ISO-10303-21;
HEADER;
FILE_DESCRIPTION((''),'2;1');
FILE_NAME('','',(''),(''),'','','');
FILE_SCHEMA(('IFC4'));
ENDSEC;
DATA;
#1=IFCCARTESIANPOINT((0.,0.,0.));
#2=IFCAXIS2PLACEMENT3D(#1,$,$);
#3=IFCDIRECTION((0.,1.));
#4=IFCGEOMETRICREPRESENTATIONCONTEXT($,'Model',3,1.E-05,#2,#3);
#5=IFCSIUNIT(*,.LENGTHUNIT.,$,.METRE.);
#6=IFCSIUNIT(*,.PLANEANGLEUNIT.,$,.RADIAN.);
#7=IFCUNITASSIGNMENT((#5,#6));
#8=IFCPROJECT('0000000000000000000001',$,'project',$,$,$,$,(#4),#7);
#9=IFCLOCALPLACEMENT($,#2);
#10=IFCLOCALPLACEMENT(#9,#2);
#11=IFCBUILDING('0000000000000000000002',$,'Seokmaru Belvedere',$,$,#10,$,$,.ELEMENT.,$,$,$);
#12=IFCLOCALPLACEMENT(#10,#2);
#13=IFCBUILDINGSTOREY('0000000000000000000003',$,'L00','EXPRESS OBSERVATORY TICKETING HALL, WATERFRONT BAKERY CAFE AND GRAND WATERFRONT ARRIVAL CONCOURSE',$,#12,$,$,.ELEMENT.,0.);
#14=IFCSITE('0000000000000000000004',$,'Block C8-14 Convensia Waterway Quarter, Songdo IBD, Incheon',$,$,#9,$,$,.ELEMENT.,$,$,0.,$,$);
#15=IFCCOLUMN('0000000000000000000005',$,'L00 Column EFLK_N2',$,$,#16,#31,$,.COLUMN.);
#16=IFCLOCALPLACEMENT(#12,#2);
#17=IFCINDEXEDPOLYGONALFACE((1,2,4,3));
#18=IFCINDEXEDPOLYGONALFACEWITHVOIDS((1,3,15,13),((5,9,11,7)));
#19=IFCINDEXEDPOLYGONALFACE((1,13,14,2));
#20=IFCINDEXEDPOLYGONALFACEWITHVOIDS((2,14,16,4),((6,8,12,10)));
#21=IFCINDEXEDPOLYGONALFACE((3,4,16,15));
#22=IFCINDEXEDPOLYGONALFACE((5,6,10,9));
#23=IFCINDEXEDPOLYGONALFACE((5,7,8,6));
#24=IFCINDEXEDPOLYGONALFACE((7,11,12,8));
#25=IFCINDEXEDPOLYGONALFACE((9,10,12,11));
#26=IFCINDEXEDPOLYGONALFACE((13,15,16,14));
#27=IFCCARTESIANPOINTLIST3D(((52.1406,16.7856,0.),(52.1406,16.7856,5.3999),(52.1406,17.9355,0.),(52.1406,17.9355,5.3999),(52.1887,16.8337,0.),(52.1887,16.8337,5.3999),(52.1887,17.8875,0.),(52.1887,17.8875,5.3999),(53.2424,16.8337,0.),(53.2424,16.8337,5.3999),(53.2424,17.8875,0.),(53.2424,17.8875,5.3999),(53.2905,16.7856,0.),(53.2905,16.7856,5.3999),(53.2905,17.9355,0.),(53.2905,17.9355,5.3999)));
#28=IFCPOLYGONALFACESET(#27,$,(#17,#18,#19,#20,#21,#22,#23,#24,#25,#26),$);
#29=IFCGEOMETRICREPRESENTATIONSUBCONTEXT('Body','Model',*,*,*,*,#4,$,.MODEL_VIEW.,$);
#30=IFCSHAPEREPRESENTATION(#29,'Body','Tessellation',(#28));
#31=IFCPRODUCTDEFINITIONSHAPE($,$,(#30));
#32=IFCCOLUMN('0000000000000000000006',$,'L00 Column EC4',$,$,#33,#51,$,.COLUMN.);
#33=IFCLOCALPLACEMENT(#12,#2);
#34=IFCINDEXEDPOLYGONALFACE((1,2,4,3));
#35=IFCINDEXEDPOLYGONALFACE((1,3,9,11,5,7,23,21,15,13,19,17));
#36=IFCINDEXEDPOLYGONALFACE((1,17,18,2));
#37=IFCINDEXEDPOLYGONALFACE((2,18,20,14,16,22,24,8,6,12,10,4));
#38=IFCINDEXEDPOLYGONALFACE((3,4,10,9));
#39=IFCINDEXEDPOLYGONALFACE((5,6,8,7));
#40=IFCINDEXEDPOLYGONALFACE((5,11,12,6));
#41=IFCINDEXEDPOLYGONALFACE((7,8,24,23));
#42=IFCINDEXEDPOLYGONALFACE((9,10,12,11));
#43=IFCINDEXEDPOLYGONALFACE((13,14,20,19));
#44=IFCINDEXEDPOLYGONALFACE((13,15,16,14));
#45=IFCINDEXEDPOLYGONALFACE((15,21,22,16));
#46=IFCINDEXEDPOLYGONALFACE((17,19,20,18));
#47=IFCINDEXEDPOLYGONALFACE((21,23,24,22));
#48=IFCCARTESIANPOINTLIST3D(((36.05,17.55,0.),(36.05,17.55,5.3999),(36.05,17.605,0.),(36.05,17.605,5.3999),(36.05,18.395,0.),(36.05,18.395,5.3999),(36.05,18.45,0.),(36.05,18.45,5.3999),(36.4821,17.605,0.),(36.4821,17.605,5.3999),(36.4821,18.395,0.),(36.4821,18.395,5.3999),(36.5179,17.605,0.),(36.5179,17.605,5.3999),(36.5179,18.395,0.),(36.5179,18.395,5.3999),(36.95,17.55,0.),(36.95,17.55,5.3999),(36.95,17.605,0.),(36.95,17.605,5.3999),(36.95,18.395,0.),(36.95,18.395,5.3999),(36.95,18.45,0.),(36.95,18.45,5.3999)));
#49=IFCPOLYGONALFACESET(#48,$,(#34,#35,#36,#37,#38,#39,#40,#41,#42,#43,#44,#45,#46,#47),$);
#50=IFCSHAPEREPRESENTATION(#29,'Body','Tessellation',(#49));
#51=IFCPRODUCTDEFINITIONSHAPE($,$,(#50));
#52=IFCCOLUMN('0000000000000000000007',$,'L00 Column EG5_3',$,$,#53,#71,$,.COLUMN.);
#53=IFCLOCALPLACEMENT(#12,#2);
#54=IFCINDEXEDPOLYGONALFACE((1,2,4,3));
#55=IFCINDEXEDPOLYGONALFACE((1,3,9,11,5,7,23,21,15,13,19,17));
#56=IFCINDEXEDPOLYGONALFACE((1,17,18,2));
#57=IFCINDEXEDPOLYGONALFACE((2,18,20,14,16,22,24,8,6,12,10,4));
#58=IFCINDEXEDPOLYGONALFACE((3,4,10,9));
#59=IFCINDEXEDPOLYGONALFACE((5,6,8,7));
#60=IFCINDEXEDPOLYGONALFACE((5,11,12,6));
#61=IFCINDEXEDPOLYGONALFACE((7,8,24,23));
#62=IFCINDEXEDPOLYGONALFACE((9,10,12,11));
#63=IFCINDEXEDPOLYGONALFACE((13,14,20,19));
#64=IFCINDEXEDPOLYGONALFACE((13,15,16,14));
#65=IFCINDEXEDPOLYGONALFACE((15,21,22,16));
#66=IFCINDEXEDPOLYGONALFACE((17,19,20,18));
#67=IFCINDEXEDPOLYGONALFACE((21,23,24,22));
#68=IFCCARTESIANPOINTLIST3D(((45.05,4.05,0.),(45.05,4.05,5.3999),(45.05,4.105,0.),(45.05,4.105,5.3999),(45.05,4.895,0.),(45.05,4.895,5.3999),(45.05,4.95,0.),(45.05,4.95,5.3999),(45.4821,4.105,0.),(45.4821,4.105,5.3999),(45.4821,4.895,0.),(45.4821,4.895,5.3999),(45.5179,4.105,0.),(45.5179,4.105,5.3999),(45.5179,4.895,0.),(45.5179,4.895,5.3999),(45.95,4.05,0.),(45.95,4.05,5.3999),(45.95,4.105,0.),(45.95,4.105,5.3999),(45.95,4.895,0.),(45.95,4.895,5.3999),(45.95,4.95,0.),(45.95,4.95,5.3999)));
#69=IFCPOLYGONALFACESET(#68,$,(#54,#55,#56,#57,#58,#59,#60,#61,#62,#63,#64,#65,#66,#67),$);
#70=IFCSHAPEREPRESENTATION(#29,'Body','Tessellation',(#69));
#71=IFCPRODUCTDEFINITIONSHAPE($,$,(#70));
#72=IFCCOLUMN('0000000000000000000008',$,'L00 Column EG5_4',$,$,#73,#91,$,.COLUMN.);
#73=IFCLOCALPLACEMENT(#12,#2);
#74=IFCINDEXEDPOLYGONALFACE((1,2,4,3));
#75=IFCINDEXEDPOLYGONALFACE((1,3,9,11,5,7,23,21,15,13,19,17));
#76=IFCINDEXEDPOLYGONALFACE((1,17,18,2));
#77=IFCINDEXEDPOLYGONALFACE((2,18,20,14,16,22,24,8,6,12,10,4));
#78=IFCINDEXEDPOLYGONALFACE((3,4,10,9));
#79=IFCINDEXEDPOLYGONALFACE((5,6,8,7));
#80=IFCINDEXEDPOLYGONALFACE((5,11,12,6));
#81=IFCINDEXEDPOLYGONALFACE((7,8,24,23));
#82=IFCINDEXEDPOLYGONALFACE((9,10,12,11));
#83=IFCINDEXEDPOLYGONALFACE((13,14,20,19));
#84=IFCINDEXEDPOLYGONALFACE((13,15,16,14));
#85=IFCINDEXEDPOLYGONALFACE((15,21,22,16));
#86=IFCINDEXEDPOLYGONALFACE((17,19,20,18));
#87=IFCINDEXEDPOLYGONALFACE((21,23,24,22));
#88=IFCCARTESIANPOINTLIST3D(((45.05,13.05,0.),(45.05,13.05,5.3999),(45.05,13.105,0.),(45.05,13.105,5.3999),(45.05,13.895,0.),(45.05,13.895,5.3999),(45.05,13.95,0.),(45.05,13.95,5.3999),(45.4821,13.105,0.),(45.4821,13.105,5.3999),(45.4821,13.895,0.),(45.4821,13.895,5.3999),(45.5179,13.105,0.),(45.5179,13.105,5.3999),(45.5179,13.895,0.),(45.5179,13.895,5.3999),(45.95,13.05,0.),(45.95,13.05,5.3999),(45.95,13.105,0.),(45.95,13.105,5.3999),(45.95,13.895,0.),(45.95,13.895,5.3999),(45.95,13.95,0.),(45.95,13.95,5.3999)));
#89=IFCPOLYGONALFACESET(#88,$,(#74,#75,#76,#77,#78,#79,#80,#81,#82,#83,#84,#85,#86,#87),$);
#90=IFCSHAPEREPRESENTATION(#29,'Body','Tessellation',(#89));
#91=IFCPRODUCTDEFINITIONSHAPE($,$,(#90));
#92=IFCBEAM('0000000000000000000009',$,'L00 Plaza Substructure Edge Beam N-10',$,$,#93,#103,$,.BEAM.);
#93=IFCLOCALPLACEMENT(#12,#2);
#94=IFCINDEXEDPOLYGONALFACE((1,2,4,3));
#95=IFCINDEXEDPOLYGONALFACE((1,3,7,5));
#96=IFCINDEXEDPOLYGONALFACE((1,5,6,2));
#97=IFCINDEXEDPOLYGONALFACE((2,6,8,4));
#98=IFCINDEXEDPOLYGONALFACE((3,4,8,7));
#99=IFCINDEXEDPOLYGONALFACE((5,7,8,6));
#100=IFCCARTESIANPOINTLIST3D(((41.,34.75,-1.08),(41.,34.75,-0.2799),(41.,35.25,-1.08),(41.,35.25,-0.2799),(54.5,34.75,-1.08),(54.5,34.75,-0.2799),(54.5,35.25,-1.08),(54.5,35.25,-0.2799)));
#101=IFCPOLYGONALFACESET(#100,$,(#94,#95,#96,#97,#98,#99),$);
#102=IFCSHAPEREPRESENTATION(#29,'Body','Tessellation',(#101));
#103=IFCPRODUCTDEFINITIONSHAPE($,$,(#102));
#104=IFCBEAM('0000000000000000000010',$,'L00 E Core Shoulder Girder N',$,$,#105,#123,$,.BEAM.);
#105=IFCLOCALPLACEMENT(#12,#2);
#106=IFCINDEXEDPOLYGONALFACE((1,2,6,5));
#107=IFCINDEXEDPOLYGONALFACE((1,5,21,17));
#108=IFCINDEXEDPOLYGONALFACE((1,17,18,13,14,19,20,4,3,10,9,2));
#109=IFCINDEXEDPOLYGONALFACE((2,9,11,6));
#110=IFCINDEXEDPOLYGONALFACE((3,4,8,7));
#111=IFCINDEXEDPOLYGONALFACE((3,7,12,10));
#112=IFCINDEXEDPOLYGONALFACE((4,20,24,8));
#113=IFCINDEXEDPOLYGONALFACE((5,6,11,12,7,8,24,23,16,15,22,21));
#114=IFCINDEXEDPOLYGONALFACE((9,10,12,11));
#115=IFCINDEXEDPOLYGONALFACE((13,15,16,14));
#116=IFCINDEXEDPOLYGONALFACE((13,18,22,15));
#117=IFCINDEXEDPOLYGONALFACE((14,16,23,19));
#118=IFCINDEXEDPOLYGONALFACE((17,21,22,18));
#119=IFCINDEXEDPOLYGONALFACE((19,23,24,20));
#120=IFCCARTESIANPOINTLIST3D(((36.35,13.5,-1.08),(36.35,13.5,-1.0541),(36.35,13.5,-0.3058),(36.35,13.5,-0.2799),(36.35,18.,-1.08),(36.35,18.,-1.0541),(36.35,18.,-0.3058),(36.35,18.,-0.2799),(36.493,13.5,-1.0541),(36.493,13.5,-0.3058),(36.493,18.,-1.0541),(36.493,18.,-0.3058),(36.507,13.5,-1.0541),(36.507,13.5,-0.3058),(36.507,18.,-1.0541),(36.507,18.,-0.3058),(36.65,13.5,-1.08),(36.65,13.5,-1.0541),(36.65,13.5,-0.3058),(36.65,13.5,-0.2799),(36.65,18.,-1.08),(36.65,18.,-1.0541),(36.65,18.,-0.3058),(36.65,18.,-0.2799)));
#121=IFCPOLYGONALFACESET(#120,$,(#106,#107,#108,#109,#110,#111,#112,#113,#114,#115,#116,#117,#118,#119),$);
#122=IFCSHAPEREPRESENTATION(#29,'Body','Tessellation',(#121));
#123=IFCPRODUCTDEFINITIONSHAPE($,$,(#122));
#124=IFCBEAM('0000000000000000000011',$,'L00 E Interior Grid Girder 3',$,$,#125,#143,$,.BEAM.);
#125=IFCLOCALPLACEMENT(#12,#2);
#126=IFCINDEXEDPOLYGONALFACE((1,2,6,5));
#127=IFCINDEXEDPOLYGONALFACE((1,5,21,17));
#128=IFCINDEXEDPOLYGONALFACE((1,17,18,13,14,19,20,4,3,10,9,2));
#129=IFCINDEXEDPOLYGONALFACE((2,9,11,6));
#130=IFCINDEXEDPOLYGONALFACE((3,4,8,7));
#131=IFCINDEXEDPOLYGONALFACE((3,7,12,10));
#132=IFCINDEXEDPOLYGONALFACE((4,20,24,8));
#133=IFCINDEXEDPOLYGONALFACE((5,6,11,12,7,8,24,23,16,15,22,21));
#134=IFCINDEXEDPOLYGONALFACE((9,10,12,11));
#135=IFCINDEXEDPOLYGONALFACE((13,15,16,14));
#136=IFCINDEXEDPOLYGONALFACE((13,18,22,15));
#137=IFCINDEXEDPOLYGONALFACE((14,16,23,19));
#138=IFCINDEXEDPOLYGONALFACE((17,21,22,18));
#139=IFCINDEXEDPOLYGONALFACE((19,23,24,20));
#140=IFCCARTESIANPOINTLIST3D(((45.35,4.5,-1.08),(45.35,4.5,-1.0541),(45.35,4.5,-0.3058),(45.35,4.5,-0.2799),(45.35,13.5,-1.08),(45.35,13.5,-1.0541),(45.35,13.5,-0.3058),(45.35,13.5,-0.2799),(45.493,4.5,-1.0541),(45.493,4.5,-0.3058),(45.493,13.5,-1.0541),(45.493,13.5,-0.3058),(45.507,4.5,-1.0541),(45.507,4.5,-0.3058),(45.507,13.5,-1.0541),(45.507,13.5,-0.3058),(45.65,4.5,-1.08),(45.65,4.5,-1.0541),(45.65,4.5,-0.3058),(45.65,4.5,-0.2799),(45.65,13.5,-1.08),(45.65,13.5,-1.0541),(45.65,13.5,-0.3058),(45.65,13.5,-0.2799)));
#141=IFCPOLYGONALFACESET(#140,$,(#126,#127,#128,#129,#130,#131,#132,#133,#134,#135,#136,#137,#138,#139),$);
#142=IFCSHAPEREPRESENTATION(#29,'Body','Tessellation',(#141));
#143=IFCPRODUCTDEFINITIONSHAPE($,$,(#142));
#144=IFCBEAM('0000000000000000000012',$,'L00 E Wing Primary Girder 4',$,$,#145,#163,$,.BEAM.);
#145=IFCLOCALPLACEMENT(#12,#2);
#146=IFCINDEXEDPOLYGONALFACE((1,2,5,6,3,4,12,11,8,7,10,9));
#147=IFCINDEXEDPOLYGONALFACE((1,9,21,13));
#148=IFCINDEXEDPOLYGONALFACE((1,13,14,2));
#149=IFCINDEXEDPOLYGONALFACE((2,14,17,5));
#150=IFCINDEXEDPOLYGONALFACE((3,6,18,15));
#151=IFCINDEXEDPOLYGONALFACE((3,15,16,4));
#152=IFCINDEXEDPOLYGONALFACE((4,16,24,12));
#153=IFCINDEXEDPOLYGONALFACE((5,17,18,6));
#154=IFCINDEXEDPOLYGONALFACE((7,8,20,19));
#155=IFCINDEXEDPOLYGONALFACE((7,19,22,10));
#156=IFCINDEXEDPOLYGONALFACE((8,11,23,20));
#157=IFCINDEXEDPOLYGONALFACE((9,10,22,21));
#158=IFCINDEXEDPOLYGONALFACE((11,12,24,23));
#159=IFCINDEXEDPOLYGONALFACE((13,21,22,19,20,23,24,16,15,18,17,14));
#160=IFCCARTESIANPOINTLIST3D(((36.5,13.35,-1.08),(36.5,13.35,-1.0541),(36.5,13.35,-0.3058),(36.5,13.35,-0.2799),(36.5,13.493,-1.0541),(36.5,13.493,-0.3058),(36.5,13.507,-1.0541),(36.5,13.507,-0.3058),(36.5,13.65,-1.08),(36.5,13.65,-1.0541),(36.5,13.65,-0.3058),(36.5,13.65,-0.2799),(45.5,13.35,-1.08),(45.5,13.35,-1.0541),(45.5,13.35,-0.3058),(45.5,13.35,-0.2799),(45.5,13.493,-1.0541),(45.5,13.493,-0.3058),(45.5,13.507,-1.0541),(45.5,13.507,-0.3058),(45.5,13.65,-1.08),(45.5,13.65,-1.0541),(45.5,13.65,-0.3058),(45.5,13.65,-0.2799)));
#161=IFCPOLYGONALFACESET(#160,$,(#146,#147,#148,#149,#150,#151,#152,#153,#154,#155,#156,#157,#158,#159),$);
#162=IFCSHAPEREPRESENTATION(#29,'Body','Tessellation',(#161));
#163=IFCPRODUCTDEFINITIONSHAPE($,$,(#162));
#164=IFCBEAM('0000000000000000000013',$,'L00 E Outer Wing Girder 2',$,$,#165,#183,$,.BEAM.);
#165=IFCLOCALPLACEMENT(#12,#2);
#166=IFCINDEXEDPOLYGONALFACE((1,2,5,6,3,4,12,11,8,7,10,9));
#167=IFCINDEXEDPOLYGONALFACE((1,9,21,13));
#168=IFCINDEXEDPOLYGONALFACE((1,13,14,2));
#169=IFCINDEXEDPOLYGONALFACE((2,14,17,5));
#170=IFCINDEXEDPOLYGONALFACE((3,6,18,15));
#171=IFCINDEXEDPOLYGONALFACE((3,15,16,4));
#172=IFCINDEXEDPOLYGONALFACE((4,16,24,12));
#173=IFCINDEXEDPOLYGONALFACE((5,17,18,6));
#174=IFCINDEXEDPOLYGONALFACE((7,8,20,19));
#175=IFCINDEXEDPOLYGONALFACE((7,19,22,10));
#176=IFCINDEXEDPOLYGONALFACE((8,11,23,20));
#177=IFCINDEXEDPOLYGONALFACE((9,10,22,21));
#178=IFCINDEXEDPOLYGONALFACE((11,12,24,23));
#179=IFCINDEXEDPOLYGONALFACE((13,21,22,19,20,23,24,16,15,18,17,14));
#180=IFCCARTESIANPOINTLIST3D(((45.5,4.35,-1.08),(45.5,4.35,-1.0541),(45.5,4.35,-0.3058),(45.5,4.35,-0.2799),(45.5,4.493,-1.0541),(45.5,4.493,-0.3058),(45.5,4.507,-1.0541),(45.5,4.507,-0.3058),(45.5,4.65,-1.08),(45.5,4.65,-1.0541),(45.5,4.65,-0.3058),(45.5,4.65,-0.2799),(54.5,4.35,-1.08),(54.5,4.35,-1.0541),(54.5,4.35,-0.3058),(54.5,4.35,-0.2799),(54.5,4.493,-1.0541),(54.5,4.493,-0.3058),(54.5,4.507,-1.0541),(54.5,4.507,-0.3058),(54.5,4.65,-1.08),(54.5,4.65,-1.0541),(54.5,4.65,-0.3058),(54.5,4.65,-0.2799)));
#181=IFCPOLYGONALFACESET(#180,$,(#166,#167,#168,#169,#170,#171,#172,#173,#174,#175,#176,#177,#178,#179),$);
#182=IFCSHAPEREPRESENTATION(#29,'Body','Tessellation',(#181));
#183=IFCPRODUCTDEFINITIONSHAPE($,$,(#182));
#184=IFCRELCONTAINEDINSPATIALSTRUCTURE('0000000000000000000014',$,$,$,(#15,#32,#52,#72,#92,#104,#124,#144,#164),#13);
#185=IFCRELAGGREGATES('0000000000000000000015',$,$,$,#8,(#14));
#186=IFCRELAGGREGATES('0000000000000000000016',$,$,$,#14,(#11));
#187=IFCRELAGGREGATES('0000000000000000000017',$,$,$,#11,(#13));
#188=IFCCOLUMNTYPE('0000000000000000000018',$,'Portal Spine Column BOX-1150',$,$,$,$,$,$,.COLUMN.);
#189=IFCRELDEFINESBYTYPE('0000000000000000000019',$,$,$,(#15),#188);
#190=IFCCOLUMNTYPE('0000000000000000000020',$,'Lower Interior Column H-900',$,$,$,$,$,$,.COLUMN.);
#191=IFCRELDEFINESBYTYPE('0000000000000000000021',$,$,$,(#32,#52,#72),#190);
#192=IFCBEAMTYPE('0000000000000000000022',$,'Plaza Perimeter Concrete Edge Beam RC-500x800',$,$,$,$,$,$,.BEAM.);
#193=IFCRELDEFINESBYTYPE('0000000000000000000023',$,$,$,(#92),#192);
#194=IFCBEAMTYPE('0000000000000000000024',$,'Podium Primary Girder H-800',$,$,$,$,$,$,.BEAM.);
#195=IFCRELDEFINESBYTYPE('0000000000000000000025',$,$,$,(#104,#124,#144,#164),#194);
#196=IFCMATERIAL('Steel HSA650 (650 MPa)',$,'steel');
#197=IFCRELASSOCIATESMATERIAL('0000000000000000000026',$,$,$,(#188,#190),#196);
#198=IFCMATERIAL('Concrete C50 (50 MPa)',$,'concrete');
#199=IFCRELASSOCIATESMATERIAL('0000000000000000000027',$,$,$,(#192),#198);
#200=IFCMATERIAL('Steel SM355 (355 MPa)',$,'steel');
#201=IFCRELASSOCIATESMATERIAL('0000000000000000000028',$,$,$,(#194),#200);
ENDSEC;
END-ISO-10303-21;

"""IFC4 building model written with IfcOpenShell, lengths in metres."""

from ifc_helpers import new_model, si_unit, direction, frame, origin, origin_2d, place, context, subcontext, project, spatial, rectangle, hollow_rectangle, i_section, extrude, source, transform, mapped, material, material_profile, profile_set, type_object, type_shapes, element, save


model = new_model("IFC4")

# Units and contexts
model_context = context("Model", 3, precision=1e-05, world=origin(), true_north=direction((0.0, 1.0)))
body_context = subcontext(model_context, "Body", "Model", "MODEL_VIEW")
ifc_project = project(units=[si_unit("LENGTHUNIT", "METRE"), si_unit("PLANEANGLEUNIT", "RADIAN")], contexts=[model_context])

# Site, building, storey
site_placement = place(None, origin())
site = spatial("IfcSite", under=ifc_project, at=site_placement, Name="Block C8-14 Convensia Waterway Quarter, Songdo IBD, Incheon", CompositionType="ELEMENT", RefElevation=0.0)
building_placement = place(site_placement, origin())
building = spatial("IfcBuilding", under=site, at=building_placement, Name="Seokmaru Belvedere", CompositionType="ELEMENT")
storey_placement = place(building_placement, origin())
storey = spatial("IfcBuildingStorey", under=building, at=storey_placement, Name="L00", Description="EXPRESS OBSERVATORY TICKETING HALL, WATERFRONT BAKERY CAFE AND GRAND WATERFRONT ARRIVAL CONCOURSE", CompositionType="ELEMENT", Elevation=0.0)

# Columns
ifc_material_1 = material(Name="Steel HSA650 (650 MPa)", Category="steel")
ifc_material_profile_1 = material_profile(ifc_material_1, hollow_rectangle(XDim=1.1499, YDim=1.1499, WallThickness=0.0481, at=origin_2d()), Name="BOX-1150x1150x48")
ifc_profile_set_1 = profile_set([ifc_material_profile_1], Name="Steel HSA650 (650 MPa)")
column_type_1 = type_object("IfcColumnType", Name="Portal Spine Column BOX-1150", PredefinedType="COLUMN", material=ifc_profile_set_1)
shared_shape_1 = source(origin(), body_context, "Body", "SweptSolid", [
    extrude(hollow_rectangle(XDim=1.1499, YDim=1.1499, WallThickness=0.0481, at=origin_2d()), origin(), (0.0, 0.0, 1.0), 5.3999),
])
type_shapes(column_type_1, [shared_shape_1])
column_placement = place(storey_placement, frame((52.7156, 17.3606, 0.0), z_axis=(0.0, 0.0, 1.0), x_axis=(1.0, 0.0, 0.0)))
element("IfcColumn", 1, at=column_placement, inside=storey, type_object=column_type_1, Name="L00 Column EFLK_N2", PredefinedType="COLUMN", context=body_context, shape_type="MappedRepresentation", body=[
    mapped(shared_shape_1, transform((0.0, 0.0, 0.0), scale=1.0)),
])
ifc_material_profile_2 = material_profile(ifc_material_1, i_section(OverallWidth=0.8999, OverallDepth=0.8999, WebThickness=0.0359, FlangeThickness=0.0549, at=origin_2d()), Name="H-900x900x36x55")
ifc_profile_set_2 = profile_set([ifc_material_profile_2], Name="Steel HSA650 (650 MPa)")
column_type_2 = type_object("IfcColumnType", Name="Lower Interior Column H-900", PredefinedType="COLUMN", material=ifc_profile_set_2)
shared_shape_2 = source(origin(), body_context, "Body", "SweptSolid", [
    extrude(i_section(OverallWidth=0.8999, OverallDepth=0.8999, WebThickness=0.0359, FlangeThickness=0.0549, at=origin_2d()), origin(), (0.0, 0.0, 1.0), 5.3999),
])
type_shapes(column_type_2, [shared_shape_2])
for number, where, z_axis, x_axis, name in (
    (2, (36.5, 18.0, 0.0), (0.0, 0.0, 1.0), (1.0, 0.0, 0.0), "L00 Column EC4"),
    (3, (45.5, 4.5, 0.0), (0.0, 0.0, 1.0), (1.0, 0.0, 0.0), "L00 Column EG5_3"),
    (4, (45.5, 13.5, 0.0), (0.0, 0.0, 1.0), (1.0, 0.0, 0.0), "L00 Column EG5_4"),
):
    element("IfcColumn", number, at=place(storey_placement, frame(where, z_axis=z_axis, x_axis=x_axis)), inside=storey, type_object=column_type_2, Name=name, PredefinedType="COLUMN", context=body_context, shape_type="MappedRepresentation", body=[
        mapped(shared_shape_2, transform((0.0, 0.0, 0.0), scale=1.0)),
    ])

# Beams
ifc_material_2 = material(Name="Concrete C50 (50 MPa)", Category="concrete")
ifc_material_profile_3 = material_profile(ifc_material_2, rectangle(XDim=0.5, YDim=0.8, at=origin_2d()), Name="RC-500x800")
ifc_profile_set_3 = profile_set([ifc_material_profile_3], Name="Concrete C50 (50 MPa)")
beam_type_1 = type_object("IfcBeamType", Name="Plaza Perimeter Concrete Edge Beam RC-500x800", PredefinedType="BEAM", material=ifc_profile_set_3)
shared_shape_3 = source(origin(), body_context, "Body", "SweptSolid", [
    extrude(rectangle(XDim=0.5, YDim=0.8, at=origin_2d()), origin(), (0.0, 0.0, 1.0), 13.5),
])
beam_1_placement = place(storey_placement, frame((41.0, 35.0, -0.6799), z_axis=(1.0, 0.0, 0.0), x_axis=(0.0, 1.0, 0.0)))
element("IfcBeam", 5, at=beam_1_placement, inside=storey, type_object=beam_type_1, Name="L00 Plaza Substructure Edge Beam N-10", PredefinedType="BEAM", context=body_context, shape_type="MappedRepresentation", body=[
    mapped(shared_shape_3, transform((0.0, 0.0, 0.0), scale=1.0)),
])
ifc_material_3 = material(Name="Steel SM355 (355 MPa)", Category="steel")
ifc_material_profile_4 = material_profile(ifc_material_3, i_section(OverallWidth=0.3, OverallDepth=0.8, WebThickness=0.0139, FlangeThickness=0.0259, at=origin_2d()), Name="H-800x300x14x26")
ifc_profile_set_4 = profile_set([ifc_material_profile_4], Name="Steel SM355 (355 MPa)")
beam_type_2 = type_object("IfcBeamType", Name="Podium Primary Girder H-800", PredefinedType="BEAM", material=ifc_profile_set_4)
shared_shape_4 = source(origin(), body_context, "Body", "SweptSolid", [
    extrude(i_section(OverallWidth=0.3, OverallDepth=0.8, WebThickness=0.0139, FlangeThickness=0.0259, at=origin_2d()), origin(), (0.0, 0.0, 1.0), 4.5),
])
beam_2_placement = place(storey_placement, frame((36.5, 13.5, -0.6799), z_axis=(0.0, 1.0, 0.0), x_axis=(-1.0, 0.0, 0.0)))
element("IfcBeam", 6, at=beam_2_placement, inside=storey, type_object=beam_type_2, Name="L00 E Core Shoulder Girder N", PredefinedType="BEAM", context=body_context, shape_type="MappedRepresentation", body=[
    mapped(shared_shape_4, transform((0.0, 0.0, 0.0), scale=1.0)),
])
shared_shape_5 = source(origin(), body_context, "Body", "SweptSolid", [
    extrude(i_section(OverallWidth=0.3, OverallDepth=0.8, WebThickness=0.0139, FlangeThickness=0.0259, at=origin_2d()), origin(), (0.0, 0.0, 1.0), 9.0),
])
type_shapes(beam_type_2, [shared_shape_4, shared_shape_5])
for number, where, z_axis, x_axis, name in (
    (7, (45.5, 4.5, -0.6799), (0.0, 1.0, 0.0), (-1.0, 0.0, 0.0), "L00 E Interior Grid Girder 3"),
    (8, (36.5, 13.5, -0.6799), (1.0, 0.0, 0.0), (0.0, 1.0, 0.0), "L00 E Wing Primary Girder 4"),
    (9, (45.5, 4.5, -0.6799), (1.0, 0.0, 0.0), (0.0, 1.0, 0.0), "L00 E Outer Wing Girder 2"),
):
    element("IfcBeam", number, at=place(storey_placement, frame(where, z_axis=z_axis, x_axis=x_axis)), inside=storey, type_object=beam_type_2, Name=name, PredefinedType="BEAM", context=body_context, shape_type="MappedRepresentation", body=[
        mapped(shared_shape_5, transform((0.0, 0.0, 0.0), scale=1.0)),
    ])

save(model, "model.ifc")
